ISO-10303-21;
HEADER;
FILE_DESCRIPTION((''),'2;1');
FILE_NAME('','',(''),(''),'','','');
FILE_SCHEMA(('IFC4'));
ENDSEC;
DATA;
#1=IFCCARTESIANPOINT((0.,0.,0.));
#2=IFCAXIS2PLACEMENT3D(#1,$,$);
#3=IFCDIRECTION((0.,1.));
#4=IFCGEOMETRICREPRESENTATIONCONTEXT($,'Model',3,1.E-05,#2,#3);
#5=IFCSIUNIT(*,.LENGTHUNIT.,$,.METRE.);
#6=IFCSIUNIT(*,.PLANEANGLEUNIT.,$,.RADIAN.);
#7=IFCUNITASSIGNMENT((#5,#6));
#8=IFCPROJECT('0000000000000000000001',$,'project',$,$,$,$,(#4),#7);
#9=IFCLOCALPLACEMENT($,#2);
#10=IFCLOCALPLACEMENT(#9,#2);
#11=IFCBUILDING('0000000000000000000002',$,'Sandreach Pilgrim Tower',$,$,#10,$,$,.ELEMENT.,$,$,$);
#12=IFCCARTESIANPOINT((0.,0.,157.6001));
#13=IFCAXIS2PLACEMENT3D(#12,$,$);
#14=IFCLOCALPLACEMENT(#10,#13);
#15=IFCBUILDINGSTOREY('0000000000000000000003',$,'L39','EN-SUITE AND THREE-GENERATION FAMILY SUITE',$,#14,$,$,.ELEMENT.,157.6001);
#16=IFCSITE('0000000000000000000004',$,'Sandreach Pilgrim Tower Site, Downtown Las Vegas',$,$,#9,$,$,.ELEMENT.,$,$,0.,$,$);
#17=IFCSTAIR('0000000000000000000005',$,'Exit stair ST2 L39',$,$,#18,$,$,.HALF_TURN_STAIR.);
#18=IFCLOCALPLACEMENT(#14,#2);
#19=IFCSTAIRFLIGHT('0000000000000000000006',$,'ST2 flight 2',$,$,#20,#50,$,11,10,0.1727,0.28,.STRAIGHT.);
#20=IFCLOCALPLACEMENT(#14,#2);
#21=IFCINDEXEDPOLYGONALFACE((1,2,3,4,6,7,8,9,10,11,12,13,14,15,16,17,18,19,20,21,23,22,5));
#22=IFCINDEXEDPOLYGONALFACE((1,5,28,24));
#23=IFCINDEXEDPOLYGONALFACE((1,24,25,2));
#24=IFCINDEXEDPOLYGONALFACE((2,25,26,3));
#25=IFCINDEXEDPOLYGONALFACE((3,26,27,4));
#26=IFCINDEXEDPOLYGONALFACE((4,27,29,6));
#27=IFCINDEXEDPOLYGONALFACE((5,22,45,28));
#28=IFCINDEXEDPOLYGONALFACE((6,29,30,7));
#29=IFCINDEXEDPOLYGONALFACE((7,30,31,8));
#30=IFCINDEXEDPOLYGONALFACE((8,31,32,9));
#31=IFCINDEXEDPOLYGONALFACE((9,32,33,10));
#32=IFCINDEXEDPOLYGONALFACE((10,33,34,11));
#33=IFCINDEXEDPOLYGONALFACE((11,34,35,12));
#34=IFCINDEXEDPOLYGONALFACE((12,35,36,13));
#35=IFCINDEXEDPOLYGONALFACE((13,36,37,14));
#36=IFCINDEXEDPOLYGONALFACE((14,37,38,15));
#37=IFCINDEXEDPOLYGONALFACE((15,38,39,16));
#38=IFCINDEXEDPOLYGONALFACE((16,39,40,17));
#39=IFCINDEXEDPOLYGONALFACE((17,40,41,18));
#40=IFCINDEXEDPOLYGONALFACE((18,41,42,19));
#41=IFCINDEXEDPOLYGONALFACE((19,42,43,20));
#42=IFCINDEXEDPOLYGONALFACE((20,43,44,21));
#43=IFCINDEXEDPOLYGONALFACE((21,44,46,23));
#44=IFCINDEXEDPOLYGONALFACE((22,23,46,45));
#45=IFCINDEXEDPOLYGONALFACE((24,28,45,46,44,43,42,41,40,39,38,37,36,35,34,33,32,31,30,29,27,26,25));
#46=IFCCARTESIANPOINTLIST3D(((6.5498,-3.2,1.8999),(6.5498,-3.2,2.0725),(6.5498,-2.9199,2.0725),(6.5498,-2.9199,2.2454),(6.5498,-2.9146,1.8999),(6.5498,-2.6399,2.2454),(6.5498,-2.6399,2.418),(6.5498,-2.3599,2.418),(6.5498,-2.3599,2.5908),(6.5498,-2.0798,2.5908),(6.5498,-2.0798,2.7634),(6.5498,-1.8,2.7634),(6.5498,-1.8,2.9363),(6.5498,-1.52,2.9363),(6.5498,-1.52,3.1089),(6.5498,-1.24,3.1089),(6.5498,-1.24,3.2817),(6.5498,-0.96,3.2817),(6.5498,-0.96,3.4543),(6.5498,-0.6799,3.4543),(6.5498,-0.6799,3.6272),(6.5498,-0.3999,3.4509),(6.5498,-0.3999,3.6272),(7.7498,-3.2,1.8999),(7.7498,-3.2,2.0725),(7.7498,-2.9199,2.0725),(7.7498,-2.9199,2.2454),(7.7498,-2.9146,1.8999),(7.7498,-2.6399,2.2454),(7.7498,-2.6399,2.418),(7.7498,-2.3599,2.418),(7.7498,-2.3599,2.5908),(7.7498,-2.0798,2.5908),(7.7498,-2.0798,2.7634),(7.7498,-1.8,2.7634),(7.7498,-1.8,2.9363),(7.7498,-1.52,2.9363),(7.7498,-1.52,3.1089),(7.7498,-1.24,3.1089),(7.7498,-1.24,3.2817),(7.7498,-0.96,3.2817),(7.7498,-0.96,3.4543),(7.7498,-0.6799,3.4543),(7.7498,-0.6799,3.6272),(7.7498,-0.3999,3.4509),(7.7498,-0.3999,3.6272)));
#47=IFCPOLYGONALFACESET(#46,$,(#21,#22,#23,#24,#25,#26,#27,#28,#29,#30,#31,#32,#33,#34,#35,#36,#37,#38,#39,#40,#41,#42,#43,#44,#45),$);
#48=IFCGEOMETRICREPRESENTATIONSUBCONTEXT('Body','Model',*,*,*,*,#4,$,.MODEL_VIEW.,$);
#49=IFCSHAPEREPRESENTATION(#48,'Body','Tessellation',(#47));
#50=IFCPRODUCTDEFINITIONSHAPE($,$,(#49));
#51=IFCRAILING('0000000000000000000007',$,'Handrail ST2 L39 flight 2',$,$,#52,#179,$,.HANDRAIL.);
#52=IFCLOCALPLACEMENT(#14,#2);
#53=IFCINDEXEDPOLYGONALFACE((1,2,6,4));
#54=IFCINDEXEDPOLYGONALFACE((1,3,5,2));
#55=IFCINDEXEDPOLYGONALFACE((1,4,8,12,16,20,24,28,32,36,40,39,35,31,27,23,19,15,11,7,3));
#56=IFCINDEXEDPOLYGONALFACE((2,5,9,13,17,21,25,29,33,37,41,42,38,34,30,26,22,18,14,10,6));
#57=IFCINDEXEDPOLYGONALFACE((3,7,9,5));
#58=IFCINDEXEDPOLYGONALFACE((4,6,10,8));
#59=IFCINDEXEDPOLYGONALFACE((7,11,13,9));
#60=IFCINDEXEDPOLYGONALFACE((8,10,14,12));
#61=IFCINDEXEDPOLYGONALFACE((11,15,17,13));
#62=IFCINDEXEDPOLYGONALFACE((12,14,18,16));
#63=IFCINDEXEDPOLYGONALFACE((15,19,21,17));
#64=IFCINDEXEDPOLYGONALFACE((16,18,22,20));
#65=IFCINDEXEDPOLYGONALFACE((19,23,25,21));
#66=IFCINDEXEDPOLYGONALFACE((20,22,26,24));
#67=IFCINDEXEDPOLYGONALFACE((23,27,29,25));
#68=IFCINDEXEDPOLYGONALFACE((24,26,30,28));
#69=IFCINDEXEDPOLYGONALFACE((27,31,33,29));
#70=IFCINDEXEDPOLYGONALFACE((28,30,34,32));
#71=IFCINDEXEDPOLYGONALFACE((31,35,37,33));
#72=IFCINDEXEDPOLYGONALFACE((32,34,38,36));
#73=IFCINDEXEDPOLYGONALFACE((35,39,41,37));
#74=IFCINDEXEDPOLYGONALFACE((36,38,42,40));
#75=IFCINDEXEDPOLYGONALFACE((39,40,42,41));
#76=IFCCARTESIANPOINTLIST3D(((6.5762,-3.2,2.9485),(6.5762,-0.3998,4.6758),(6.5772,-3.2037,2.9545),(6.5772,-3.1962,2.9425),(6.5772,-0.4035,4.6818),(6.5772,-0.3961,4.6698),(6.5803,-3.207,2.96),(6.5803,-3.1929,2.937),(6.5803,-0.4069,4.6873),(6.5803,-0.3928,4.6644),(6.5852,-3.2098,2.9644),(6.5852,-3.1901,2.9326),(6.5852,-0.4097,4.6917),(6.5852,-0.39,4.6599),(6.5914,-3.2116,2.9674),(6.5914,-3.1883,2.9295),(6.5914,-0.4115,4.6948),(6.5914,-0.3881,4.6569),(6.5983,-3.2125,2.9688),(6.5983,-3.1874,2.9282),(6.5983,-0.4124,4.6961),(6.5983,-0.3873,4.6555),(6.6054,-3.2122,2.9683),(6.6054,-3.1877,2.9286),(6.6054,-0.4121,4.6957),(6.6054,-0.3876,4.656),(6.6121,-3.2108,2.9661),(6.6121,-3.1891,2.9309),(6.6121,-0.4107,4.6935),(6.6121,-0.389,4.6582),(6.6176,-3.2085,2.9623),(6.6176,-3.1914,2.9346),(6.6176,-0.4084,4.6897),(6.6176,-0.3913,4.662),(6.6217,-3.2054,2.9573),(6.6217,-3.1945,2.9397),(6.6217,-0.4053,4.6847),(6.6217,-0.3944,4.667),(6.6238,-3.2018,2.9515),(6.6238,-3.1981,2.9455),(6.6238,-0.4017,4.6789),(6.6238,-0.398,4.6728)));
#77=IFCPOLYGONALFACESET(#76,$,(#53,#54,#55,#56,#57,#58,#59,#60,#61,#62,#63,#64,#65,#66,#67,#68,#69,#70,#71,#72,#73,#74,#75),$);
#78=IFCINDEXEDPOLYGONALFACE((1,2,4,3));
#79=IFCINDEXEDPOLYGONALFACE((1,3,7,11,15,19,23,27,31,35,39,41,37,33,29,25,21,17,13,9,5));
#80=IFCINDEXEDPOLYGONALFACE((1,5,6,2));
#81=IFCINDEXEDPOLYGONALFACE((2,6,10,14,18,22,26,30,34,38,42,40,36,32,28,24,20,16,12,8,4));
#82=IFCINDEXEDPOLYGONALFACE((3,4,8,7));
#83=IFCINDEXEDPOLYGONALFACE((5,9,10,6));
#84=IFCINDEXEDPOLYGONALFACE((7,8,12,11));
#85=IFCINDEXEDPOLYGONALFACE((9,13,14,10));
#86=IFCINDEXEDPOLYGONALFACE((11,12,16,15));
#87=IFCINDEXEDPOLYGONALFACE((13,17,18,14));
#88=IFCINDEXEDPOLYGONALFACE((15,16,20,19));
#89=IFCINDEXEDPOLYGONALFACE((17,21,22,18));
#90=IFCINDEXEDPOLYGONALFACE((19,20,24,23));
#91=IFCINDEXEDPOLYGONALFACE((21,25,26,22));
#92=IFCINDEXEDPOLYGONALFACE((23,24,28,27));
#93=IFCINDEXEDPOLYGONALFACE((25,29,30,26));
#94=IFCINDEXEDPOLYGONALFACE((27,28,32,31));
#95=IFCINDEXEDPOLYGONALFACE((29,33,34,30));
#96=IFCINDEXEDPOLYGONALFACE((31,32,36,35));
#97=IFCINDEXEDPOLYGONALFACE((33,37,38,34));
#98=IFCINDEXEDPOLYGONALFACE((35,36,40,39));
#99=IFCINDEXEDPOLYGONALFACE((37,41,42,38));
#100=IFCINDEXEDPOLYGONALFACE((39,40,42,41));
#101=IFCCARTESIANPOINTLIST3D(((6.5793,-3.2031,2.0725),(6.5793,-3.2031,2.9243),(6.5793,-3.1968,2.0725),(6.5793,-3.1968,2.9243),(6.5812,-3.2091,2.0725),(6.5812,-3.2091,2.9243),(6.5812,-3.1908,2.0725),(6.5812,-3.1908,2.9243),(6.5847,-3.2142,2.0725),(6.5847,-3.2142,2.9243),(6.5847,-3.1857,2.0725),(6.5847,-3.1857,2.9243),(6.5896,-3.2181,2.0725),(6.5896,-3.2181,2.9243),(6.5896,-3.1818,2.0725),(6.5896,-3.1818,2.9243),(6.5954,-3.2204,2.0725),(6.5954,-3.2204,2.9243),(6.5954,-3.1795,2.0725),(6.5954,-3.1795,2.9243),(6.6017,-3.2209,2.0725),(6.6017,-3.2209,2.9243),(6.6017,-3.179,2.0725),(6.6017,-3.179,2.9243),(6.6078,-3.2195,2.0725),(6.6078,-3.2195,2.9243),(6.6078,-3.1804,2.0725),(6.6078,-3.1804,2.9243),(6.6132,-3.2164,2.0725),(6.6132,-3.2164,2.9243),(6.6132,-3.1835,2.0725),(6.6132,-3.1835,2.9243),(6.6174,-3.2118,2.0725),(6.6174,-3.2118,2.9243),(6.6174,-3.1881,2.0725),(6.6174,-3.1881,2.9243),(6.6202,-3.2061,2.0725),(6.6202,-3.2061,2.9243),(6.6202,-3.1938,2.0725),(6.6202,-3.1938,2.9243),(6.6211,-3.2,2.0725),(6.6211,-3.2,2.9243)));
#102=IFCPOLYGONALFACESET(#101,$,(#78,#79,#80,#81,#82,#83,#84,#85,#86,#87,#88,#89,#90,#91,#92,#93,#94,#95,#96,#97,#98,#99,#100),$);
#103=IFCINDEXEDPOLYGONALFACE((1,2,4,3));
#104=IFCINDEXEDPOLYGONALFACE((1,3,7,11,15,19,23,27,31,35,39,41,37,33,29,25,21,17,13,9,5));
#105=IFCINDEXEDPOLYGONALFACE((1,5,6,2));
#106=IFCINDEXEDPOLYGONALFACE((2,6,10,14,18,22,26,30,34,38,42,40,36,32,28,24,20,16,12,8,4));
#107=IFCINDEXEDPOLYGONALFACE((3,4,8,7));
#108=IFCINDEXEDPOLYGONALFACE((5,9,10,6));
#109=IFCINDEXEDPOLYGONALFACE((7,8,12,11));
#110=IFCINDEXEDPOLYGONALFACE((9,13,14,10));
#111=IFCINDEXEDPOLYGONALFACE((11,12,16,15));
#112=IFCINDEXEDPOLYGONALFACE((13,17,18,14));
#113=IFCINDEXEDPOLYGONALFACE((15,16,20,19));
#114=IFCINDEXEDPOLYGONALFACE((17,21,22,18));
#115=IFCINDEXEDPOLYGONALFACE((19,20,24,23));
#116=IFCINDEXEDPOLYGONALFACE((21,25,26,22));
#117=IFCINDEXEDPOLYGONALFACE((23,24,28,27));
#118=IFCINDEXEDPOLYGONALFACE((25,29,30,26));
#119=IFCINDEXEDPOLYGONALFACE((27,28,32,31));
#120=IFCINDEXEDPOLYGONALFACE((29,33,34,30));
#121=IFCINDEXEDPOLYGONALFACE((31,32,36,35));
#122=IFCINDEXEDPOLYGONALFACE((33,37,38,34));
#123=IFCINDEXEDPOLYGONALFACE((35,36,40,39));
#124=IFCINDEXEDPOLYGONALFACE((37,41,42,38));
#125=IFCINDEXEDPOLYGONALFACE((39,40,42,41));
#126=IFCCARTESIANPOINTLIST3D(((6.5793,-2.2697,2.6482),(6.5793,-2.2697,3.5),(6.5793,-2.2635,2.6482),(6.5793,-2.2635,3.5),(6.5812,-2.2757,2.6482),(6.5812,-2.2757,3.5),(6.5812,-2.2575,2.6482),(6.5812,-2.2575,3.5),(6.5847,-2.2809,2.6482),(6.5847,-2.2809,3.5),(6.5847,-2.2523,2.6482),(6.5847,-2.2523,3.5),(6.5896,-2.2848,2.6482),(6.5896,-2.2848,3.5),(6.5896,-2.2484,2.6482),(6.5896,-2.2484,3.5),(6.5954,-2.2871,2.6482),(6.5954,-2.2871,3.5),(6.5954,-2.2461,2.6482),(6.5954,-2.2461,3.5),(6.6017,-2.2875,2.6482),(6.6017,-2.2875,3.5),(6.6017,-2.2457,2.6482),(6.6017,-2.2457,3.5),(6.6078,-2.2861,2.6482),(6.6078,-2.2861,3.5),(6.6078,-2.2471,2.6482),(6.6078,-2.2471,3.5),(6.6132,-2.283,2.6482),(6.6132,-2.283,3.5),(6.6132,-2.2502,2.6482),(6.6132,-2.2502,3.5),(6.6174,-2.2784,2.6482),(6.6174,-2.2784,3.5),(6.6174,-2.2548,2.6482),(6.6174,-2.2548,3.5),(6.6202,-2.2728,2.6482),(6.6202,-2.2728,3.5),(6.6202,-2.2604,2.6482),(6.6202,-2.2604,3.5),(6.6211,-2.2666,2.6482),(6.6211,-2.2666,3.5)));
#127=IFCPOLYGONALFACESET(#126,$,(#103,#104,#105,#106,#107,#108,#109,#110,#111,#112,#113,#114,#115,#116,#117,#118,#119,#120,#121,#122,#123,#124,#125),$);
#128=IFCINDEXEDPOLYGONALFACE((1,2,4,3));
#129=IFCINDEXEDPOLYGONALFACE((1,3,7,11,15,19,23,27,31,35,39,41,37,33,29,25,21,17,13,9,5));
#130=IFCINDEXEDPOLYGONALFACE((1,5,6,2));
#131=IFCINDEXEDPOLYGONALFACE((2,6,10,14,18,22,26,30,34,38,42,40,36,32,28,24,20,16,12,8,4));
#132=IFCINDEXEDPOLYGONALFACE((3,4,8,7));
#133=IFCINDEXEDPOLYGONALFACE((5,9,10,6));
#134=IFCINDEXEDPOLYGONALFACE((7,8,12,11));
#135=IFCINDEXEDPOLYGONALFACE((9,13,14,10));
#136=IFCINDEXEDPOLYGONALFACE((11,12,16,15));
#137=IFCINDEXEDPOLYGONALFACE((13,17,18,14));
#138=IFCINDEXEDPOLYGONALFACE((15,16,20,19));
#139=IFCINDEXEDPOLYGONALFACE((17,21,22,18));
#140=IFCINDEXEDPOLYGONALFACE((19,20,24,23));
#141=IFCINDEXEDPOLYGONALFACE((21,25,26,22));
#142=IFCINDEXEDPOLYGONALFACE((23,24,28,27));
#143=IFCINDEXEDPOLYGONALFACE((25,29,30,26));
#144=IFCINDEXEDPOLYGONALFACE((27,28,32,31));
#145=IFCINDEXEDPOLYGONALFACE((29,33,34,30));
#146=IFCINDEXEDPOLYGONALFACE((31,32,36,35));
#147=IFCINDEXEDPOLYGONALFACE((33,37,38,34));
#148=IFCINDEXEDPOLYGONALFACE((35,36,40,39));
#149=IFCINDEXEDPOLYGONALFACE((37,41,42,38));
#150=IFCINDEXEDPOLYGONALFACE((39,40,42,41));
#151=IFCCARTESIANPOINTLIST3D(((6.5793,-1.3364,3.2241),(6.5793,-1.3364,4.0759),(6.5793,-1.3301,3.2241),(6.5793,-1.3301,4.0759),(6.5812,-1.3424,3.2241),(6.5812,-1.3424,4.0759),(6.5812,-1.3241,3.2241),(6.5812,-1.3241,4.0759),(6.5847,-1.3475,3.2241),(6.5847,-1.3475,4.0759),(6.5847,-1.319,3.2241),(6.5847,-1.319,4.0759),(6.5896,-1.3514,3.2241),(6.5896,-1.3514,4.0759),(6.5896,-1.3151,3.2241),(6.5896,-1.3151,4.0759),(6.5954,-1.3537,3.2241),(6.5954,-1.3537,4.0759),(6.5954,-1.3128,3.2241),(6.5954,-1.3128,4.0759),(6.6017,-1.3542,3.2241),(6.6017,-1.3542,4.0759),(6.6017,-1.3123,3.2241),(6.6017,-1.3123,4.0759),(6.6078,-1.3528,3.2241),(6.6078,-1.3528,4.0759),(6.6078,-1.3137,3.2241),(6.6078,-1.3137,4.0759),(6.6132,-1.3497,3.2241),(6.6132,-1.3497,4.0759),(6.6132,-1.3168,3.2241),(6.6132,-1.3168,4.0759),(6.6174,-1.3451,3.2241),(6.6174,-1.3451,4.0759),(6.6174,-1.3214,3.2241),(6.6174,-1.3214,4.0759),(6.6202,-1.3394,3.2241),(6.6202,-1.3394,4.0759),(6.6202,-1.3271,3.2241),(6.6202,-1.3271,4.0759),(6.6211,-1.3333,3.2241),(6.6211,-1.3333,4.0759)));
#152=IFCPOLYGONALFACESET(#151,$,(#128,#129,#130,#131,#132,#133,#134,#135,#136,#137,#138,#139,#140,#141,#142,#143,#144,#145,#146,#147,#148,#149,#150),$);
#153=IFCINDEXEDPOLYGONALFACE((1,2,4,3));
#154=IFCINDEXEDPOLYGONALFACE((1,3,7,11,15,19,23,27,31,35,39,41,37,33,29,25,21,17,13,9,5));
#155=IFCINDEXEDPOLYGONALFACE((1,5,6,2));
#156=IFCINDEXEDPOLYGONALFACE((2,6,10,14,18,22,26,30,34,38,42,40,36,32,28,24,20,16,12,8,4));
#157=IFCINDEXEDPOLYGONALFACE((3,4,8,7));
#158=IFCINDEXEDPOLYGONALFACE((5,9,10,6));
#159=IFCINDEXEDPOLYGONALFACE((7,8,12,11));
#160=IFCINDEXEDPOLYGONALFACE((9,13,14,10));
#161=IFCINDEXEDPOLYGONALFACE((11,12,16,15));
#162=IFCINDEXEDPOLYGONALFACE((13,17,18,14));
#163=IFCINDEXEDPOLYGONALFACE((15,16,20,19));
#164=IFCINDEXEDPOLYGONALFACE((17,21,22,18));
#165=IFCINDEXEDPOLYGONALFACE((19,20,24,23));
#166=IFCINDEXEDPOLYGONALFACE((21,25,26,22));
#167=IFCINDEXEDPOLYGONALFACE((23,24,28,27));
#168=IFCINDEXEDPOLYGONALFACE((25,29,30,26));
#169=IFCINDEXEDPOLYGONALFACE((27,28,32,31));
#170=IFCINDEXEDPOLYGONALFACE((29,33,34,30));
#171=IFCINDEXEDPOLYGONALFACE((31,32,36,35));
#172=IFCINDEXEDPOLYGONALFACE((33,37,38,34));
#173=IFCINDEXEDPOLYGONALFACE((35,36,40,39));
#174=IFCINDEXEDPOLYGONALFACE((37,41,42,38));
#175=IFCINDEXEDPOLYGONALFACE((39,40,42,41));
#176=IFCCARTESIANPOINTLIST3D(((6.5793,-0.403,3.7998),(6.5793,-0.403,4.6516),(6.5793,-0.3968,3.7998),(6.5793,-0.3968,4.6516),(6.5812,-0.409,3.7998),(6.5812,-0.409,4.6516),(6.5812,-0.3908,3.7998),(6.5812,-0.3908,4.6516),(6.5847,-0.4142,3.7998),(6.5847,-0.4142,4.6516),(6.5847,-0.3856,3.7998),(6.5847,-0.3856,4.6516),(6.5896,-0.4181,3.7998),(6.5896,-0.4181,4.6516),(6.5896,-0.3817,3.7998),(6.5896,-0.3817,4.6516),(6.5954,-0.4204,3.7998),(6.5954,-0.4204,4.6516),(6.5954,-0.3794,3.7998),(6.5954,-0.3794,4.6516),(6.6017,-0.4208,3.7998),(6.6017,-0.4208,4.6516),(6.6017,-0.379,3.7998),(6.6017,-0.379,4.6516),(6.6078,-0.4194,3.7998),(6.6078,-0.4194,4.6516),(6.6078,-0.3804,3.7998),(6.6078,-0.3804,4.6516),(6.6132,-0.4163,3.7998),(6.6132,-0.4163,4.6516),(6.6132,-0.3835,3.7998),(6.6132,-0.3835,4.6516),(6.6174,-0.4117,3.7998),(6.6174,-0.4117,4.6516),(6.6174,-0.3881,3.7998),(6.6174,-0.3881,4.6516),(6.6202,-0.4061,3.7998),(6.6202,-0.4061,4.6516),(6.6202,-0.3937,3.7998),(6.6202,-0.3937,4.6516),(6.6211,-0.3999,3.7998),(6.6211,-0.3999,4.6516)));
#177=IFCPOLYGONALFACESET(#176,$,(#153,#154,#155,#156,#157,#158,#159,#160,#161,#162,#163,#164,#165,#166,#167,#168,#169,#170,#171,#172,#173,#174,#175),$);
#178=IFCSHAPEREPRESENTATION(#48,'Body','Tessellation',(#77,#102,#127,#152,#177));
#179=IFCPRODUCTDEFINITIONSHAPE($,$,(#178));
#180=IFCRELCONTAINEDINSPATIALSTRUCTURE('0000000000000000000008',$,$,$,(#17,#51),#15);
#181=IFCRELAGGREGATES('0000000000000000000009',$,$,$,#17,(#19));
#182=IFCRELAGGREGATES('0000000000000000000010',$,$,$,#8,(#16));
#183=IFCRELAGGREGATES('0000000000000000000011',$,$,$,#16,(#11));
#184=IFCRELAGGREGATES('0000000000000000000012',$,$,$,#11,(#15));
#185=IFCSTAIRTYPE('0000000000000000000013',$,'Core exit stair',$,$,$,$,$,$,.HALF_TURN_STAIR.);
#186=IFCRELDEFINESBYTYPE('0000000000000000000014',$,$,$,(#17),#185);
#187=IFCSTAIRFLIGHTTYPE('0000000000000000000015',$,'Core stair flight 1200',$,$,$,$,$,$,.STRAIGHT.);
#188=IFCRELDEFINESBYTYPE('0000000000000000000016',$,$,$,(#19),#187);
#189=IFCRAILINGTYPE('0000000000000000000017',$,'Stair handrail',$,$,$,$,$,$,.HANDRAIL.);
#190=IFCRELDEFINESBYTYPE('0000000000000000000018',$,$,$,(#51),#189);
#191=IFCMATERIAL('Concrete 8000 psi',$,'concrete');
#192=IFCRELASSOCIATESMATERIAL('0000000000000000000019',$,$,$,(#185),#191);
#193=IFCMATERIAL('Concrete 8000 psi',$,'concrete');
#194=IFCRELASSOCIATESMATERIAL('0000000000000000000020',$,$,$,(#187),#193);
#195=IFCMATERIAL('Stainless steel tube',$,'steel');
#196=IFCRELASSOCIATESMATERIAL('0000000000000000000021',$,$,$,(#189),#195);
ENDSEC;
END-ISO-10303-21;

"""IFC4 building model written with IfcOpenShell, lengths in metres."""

from ifc_helpers import new_model, si_unit, direction, frame, origin, origin_2d, place, context, subcontext, project, spatial, polyline, circle, outline, extrude, material, type_object, element, aggregate, save


model = new_model("IFC4")

# Units and contexts
model_context = context("Model", 3, precision=1e-05, world=origin(), true_north=direction((0.0, 1.0)))
body_context = subcontext(model_context, "Body", "Model", "MODEL_VIEW")
ifc_project = project(units=[si_unit("LENGTHUNIT", "METRE"), si_unit("PLANEANGLEUNIT", "RADIAN")], contexts=[model_context])

# Site, building, storey
site_placement = place(None, origin())
site = spatial("IfcSite", under=ifc_project, at=site_placement, Name="Sandreach Pilgrim Tower Site, Downtown Las Vegas", CompositionType="ELEMENT", RefElevation=0.0)
building_placement = place(site_placement, origin())
building = spatial("IfcBuilding", under=site, at=building_placement, Name="Sandreach Pilgrim Tower", CompositionType="ELEMENT")
storey_placement = place(building_placement, frame((0.0, 0.0, 157.6001)))
storey = spatial("IfcBuildingStorey", under=building, at=storey_placement, Name="L39", Description="EN-SUITE AND THREE-GENERATION FAMILY SUITE", CompositionType="ELEMENT", Elevation=157.6001)

# Stair, stair flight
ifc_material_1 = material(Name="Concrete 8000 psi", Category="concrete")
stair_type = type_object("IfcStairType", Name="Core exit stair", PredefinedType="HALF_TURN_STAIR", material=ifc_material_1)
stair_placement = place(storey_placement, origin())
stair = element("IfcStair", 1, at=stair_placement, inside=storey, type_object=stair_type, Name="Exit stair ST2 L39", PredefinedType="HALF_TURN_STAIR")
ifc_material_2 = material(Name="Concrete 8000 psi", Category="concrete")
stair_flight_type = type_object("IfcStairFlightType", Name="Core stair flight 1200", PredefinedType="STRAIGHT", material=ifc_material_2)
stair_flight_placement = place(storey_placement, frame((7.1499, -3.2, 1.8999), z_axis=(0.0, 0.0, 1.0), x_axis=(0.0, 1.0, 0.0)))
stair_flight = element("IfcStairFlight", 2, at=stair_flight_placement, type_object=stair_flight_type, Name="ST2 flight 2", NumberOfRisers=11, NumberOfTreads=10, PredefinedType="STRAIGHT", RiserHeight=0.1727, TreadLength=0.28, context=body_context, shape_type="SweptSolid", body=[
    extrude(outline(polyline([(0.0, 0.0), (0.0, 0.1726), (0.28, 0.1726), (0.28, 0.3455), (0.5601, 0.3455), (0.5601, 0.5181), (0.8401, 0.5181), (0.8401, 0.6909), (1.1201, 0.6909), (1.1201, 0.8635), (1.3999, 0.8635), (1.3999, 1.0364), (1.6799, 1.0364), (1.6799, 1.209), (1.96, 1.209), (1.96, 1.3818), (2.24, 1.3818), (2.24, 1.5544), (2.52, 1.5544), (2.52, 1.7273), (2.8, 1.7273), (2.8, 1.8999), (2.8, 1.551), (0.2854, 0.0), (0.0, 0.0)])), frame((0.0, 0.6001, 0.0), z_axis=(0.0, -1.0, 0.0), x_axis=(1.0, 0.0, 0.0)), (0.0, 0.0, 1.0), 1.2),
])
aggregate(stair, [stair_flight])

# Railing
ifc_material_3 = material(Name="Stainless steel tube", Category="steel")
railing_type = type_object("IfcRailingType", Name="Stair handrail", PredefinedType="HANDRAIL", material=ifc_material_3)
for number, where, name in (
    (3, (6.6001, -3.2, 2.0725), "Handrail ST2 L39 flight 2"),
):
    element("IfcRailing", number, at=place(storey_placement, frame(where)), inside=storey, type_object=railing_type, Name=name, PredefinedType="HANDRAIL", context=body_context, shape_type="SweptSolid", body=[
        extrude(circle(Radius=0.0239, at=origin_2d()), frame((0.0, 0.0, 0.876), z_axis=(0.0, 0.85109, 0.52502), x_axis=(-1.0, 0.0, 0.0)), (0.0, 0.0, 1.0), 3.29),
        extrude(circle(Radius=0.021, at=origin_2d()), origin(), (0.0, 0.0, 1.0), 0.8518),
        extrude(circle(Radius=0.021, at=origin_2d()), frame((0.0, 0.9333, 0.5757)), (0.0, 0.0, 1.0), 0.8518),
        extrude(circle(Radius=0.021, at=origin_2d()), frame((0.0, 1.8667, 1.1516)), (0.0, 0.0, 1.0), 0.8518),
        extrude(circle(Radius=0.021, at=origin_2d()), frame((0.0, 2.8, 1.7273)), (0.0, 0.0, 1.0), 0.8518),
    ])

save(model, "model.ifc")
